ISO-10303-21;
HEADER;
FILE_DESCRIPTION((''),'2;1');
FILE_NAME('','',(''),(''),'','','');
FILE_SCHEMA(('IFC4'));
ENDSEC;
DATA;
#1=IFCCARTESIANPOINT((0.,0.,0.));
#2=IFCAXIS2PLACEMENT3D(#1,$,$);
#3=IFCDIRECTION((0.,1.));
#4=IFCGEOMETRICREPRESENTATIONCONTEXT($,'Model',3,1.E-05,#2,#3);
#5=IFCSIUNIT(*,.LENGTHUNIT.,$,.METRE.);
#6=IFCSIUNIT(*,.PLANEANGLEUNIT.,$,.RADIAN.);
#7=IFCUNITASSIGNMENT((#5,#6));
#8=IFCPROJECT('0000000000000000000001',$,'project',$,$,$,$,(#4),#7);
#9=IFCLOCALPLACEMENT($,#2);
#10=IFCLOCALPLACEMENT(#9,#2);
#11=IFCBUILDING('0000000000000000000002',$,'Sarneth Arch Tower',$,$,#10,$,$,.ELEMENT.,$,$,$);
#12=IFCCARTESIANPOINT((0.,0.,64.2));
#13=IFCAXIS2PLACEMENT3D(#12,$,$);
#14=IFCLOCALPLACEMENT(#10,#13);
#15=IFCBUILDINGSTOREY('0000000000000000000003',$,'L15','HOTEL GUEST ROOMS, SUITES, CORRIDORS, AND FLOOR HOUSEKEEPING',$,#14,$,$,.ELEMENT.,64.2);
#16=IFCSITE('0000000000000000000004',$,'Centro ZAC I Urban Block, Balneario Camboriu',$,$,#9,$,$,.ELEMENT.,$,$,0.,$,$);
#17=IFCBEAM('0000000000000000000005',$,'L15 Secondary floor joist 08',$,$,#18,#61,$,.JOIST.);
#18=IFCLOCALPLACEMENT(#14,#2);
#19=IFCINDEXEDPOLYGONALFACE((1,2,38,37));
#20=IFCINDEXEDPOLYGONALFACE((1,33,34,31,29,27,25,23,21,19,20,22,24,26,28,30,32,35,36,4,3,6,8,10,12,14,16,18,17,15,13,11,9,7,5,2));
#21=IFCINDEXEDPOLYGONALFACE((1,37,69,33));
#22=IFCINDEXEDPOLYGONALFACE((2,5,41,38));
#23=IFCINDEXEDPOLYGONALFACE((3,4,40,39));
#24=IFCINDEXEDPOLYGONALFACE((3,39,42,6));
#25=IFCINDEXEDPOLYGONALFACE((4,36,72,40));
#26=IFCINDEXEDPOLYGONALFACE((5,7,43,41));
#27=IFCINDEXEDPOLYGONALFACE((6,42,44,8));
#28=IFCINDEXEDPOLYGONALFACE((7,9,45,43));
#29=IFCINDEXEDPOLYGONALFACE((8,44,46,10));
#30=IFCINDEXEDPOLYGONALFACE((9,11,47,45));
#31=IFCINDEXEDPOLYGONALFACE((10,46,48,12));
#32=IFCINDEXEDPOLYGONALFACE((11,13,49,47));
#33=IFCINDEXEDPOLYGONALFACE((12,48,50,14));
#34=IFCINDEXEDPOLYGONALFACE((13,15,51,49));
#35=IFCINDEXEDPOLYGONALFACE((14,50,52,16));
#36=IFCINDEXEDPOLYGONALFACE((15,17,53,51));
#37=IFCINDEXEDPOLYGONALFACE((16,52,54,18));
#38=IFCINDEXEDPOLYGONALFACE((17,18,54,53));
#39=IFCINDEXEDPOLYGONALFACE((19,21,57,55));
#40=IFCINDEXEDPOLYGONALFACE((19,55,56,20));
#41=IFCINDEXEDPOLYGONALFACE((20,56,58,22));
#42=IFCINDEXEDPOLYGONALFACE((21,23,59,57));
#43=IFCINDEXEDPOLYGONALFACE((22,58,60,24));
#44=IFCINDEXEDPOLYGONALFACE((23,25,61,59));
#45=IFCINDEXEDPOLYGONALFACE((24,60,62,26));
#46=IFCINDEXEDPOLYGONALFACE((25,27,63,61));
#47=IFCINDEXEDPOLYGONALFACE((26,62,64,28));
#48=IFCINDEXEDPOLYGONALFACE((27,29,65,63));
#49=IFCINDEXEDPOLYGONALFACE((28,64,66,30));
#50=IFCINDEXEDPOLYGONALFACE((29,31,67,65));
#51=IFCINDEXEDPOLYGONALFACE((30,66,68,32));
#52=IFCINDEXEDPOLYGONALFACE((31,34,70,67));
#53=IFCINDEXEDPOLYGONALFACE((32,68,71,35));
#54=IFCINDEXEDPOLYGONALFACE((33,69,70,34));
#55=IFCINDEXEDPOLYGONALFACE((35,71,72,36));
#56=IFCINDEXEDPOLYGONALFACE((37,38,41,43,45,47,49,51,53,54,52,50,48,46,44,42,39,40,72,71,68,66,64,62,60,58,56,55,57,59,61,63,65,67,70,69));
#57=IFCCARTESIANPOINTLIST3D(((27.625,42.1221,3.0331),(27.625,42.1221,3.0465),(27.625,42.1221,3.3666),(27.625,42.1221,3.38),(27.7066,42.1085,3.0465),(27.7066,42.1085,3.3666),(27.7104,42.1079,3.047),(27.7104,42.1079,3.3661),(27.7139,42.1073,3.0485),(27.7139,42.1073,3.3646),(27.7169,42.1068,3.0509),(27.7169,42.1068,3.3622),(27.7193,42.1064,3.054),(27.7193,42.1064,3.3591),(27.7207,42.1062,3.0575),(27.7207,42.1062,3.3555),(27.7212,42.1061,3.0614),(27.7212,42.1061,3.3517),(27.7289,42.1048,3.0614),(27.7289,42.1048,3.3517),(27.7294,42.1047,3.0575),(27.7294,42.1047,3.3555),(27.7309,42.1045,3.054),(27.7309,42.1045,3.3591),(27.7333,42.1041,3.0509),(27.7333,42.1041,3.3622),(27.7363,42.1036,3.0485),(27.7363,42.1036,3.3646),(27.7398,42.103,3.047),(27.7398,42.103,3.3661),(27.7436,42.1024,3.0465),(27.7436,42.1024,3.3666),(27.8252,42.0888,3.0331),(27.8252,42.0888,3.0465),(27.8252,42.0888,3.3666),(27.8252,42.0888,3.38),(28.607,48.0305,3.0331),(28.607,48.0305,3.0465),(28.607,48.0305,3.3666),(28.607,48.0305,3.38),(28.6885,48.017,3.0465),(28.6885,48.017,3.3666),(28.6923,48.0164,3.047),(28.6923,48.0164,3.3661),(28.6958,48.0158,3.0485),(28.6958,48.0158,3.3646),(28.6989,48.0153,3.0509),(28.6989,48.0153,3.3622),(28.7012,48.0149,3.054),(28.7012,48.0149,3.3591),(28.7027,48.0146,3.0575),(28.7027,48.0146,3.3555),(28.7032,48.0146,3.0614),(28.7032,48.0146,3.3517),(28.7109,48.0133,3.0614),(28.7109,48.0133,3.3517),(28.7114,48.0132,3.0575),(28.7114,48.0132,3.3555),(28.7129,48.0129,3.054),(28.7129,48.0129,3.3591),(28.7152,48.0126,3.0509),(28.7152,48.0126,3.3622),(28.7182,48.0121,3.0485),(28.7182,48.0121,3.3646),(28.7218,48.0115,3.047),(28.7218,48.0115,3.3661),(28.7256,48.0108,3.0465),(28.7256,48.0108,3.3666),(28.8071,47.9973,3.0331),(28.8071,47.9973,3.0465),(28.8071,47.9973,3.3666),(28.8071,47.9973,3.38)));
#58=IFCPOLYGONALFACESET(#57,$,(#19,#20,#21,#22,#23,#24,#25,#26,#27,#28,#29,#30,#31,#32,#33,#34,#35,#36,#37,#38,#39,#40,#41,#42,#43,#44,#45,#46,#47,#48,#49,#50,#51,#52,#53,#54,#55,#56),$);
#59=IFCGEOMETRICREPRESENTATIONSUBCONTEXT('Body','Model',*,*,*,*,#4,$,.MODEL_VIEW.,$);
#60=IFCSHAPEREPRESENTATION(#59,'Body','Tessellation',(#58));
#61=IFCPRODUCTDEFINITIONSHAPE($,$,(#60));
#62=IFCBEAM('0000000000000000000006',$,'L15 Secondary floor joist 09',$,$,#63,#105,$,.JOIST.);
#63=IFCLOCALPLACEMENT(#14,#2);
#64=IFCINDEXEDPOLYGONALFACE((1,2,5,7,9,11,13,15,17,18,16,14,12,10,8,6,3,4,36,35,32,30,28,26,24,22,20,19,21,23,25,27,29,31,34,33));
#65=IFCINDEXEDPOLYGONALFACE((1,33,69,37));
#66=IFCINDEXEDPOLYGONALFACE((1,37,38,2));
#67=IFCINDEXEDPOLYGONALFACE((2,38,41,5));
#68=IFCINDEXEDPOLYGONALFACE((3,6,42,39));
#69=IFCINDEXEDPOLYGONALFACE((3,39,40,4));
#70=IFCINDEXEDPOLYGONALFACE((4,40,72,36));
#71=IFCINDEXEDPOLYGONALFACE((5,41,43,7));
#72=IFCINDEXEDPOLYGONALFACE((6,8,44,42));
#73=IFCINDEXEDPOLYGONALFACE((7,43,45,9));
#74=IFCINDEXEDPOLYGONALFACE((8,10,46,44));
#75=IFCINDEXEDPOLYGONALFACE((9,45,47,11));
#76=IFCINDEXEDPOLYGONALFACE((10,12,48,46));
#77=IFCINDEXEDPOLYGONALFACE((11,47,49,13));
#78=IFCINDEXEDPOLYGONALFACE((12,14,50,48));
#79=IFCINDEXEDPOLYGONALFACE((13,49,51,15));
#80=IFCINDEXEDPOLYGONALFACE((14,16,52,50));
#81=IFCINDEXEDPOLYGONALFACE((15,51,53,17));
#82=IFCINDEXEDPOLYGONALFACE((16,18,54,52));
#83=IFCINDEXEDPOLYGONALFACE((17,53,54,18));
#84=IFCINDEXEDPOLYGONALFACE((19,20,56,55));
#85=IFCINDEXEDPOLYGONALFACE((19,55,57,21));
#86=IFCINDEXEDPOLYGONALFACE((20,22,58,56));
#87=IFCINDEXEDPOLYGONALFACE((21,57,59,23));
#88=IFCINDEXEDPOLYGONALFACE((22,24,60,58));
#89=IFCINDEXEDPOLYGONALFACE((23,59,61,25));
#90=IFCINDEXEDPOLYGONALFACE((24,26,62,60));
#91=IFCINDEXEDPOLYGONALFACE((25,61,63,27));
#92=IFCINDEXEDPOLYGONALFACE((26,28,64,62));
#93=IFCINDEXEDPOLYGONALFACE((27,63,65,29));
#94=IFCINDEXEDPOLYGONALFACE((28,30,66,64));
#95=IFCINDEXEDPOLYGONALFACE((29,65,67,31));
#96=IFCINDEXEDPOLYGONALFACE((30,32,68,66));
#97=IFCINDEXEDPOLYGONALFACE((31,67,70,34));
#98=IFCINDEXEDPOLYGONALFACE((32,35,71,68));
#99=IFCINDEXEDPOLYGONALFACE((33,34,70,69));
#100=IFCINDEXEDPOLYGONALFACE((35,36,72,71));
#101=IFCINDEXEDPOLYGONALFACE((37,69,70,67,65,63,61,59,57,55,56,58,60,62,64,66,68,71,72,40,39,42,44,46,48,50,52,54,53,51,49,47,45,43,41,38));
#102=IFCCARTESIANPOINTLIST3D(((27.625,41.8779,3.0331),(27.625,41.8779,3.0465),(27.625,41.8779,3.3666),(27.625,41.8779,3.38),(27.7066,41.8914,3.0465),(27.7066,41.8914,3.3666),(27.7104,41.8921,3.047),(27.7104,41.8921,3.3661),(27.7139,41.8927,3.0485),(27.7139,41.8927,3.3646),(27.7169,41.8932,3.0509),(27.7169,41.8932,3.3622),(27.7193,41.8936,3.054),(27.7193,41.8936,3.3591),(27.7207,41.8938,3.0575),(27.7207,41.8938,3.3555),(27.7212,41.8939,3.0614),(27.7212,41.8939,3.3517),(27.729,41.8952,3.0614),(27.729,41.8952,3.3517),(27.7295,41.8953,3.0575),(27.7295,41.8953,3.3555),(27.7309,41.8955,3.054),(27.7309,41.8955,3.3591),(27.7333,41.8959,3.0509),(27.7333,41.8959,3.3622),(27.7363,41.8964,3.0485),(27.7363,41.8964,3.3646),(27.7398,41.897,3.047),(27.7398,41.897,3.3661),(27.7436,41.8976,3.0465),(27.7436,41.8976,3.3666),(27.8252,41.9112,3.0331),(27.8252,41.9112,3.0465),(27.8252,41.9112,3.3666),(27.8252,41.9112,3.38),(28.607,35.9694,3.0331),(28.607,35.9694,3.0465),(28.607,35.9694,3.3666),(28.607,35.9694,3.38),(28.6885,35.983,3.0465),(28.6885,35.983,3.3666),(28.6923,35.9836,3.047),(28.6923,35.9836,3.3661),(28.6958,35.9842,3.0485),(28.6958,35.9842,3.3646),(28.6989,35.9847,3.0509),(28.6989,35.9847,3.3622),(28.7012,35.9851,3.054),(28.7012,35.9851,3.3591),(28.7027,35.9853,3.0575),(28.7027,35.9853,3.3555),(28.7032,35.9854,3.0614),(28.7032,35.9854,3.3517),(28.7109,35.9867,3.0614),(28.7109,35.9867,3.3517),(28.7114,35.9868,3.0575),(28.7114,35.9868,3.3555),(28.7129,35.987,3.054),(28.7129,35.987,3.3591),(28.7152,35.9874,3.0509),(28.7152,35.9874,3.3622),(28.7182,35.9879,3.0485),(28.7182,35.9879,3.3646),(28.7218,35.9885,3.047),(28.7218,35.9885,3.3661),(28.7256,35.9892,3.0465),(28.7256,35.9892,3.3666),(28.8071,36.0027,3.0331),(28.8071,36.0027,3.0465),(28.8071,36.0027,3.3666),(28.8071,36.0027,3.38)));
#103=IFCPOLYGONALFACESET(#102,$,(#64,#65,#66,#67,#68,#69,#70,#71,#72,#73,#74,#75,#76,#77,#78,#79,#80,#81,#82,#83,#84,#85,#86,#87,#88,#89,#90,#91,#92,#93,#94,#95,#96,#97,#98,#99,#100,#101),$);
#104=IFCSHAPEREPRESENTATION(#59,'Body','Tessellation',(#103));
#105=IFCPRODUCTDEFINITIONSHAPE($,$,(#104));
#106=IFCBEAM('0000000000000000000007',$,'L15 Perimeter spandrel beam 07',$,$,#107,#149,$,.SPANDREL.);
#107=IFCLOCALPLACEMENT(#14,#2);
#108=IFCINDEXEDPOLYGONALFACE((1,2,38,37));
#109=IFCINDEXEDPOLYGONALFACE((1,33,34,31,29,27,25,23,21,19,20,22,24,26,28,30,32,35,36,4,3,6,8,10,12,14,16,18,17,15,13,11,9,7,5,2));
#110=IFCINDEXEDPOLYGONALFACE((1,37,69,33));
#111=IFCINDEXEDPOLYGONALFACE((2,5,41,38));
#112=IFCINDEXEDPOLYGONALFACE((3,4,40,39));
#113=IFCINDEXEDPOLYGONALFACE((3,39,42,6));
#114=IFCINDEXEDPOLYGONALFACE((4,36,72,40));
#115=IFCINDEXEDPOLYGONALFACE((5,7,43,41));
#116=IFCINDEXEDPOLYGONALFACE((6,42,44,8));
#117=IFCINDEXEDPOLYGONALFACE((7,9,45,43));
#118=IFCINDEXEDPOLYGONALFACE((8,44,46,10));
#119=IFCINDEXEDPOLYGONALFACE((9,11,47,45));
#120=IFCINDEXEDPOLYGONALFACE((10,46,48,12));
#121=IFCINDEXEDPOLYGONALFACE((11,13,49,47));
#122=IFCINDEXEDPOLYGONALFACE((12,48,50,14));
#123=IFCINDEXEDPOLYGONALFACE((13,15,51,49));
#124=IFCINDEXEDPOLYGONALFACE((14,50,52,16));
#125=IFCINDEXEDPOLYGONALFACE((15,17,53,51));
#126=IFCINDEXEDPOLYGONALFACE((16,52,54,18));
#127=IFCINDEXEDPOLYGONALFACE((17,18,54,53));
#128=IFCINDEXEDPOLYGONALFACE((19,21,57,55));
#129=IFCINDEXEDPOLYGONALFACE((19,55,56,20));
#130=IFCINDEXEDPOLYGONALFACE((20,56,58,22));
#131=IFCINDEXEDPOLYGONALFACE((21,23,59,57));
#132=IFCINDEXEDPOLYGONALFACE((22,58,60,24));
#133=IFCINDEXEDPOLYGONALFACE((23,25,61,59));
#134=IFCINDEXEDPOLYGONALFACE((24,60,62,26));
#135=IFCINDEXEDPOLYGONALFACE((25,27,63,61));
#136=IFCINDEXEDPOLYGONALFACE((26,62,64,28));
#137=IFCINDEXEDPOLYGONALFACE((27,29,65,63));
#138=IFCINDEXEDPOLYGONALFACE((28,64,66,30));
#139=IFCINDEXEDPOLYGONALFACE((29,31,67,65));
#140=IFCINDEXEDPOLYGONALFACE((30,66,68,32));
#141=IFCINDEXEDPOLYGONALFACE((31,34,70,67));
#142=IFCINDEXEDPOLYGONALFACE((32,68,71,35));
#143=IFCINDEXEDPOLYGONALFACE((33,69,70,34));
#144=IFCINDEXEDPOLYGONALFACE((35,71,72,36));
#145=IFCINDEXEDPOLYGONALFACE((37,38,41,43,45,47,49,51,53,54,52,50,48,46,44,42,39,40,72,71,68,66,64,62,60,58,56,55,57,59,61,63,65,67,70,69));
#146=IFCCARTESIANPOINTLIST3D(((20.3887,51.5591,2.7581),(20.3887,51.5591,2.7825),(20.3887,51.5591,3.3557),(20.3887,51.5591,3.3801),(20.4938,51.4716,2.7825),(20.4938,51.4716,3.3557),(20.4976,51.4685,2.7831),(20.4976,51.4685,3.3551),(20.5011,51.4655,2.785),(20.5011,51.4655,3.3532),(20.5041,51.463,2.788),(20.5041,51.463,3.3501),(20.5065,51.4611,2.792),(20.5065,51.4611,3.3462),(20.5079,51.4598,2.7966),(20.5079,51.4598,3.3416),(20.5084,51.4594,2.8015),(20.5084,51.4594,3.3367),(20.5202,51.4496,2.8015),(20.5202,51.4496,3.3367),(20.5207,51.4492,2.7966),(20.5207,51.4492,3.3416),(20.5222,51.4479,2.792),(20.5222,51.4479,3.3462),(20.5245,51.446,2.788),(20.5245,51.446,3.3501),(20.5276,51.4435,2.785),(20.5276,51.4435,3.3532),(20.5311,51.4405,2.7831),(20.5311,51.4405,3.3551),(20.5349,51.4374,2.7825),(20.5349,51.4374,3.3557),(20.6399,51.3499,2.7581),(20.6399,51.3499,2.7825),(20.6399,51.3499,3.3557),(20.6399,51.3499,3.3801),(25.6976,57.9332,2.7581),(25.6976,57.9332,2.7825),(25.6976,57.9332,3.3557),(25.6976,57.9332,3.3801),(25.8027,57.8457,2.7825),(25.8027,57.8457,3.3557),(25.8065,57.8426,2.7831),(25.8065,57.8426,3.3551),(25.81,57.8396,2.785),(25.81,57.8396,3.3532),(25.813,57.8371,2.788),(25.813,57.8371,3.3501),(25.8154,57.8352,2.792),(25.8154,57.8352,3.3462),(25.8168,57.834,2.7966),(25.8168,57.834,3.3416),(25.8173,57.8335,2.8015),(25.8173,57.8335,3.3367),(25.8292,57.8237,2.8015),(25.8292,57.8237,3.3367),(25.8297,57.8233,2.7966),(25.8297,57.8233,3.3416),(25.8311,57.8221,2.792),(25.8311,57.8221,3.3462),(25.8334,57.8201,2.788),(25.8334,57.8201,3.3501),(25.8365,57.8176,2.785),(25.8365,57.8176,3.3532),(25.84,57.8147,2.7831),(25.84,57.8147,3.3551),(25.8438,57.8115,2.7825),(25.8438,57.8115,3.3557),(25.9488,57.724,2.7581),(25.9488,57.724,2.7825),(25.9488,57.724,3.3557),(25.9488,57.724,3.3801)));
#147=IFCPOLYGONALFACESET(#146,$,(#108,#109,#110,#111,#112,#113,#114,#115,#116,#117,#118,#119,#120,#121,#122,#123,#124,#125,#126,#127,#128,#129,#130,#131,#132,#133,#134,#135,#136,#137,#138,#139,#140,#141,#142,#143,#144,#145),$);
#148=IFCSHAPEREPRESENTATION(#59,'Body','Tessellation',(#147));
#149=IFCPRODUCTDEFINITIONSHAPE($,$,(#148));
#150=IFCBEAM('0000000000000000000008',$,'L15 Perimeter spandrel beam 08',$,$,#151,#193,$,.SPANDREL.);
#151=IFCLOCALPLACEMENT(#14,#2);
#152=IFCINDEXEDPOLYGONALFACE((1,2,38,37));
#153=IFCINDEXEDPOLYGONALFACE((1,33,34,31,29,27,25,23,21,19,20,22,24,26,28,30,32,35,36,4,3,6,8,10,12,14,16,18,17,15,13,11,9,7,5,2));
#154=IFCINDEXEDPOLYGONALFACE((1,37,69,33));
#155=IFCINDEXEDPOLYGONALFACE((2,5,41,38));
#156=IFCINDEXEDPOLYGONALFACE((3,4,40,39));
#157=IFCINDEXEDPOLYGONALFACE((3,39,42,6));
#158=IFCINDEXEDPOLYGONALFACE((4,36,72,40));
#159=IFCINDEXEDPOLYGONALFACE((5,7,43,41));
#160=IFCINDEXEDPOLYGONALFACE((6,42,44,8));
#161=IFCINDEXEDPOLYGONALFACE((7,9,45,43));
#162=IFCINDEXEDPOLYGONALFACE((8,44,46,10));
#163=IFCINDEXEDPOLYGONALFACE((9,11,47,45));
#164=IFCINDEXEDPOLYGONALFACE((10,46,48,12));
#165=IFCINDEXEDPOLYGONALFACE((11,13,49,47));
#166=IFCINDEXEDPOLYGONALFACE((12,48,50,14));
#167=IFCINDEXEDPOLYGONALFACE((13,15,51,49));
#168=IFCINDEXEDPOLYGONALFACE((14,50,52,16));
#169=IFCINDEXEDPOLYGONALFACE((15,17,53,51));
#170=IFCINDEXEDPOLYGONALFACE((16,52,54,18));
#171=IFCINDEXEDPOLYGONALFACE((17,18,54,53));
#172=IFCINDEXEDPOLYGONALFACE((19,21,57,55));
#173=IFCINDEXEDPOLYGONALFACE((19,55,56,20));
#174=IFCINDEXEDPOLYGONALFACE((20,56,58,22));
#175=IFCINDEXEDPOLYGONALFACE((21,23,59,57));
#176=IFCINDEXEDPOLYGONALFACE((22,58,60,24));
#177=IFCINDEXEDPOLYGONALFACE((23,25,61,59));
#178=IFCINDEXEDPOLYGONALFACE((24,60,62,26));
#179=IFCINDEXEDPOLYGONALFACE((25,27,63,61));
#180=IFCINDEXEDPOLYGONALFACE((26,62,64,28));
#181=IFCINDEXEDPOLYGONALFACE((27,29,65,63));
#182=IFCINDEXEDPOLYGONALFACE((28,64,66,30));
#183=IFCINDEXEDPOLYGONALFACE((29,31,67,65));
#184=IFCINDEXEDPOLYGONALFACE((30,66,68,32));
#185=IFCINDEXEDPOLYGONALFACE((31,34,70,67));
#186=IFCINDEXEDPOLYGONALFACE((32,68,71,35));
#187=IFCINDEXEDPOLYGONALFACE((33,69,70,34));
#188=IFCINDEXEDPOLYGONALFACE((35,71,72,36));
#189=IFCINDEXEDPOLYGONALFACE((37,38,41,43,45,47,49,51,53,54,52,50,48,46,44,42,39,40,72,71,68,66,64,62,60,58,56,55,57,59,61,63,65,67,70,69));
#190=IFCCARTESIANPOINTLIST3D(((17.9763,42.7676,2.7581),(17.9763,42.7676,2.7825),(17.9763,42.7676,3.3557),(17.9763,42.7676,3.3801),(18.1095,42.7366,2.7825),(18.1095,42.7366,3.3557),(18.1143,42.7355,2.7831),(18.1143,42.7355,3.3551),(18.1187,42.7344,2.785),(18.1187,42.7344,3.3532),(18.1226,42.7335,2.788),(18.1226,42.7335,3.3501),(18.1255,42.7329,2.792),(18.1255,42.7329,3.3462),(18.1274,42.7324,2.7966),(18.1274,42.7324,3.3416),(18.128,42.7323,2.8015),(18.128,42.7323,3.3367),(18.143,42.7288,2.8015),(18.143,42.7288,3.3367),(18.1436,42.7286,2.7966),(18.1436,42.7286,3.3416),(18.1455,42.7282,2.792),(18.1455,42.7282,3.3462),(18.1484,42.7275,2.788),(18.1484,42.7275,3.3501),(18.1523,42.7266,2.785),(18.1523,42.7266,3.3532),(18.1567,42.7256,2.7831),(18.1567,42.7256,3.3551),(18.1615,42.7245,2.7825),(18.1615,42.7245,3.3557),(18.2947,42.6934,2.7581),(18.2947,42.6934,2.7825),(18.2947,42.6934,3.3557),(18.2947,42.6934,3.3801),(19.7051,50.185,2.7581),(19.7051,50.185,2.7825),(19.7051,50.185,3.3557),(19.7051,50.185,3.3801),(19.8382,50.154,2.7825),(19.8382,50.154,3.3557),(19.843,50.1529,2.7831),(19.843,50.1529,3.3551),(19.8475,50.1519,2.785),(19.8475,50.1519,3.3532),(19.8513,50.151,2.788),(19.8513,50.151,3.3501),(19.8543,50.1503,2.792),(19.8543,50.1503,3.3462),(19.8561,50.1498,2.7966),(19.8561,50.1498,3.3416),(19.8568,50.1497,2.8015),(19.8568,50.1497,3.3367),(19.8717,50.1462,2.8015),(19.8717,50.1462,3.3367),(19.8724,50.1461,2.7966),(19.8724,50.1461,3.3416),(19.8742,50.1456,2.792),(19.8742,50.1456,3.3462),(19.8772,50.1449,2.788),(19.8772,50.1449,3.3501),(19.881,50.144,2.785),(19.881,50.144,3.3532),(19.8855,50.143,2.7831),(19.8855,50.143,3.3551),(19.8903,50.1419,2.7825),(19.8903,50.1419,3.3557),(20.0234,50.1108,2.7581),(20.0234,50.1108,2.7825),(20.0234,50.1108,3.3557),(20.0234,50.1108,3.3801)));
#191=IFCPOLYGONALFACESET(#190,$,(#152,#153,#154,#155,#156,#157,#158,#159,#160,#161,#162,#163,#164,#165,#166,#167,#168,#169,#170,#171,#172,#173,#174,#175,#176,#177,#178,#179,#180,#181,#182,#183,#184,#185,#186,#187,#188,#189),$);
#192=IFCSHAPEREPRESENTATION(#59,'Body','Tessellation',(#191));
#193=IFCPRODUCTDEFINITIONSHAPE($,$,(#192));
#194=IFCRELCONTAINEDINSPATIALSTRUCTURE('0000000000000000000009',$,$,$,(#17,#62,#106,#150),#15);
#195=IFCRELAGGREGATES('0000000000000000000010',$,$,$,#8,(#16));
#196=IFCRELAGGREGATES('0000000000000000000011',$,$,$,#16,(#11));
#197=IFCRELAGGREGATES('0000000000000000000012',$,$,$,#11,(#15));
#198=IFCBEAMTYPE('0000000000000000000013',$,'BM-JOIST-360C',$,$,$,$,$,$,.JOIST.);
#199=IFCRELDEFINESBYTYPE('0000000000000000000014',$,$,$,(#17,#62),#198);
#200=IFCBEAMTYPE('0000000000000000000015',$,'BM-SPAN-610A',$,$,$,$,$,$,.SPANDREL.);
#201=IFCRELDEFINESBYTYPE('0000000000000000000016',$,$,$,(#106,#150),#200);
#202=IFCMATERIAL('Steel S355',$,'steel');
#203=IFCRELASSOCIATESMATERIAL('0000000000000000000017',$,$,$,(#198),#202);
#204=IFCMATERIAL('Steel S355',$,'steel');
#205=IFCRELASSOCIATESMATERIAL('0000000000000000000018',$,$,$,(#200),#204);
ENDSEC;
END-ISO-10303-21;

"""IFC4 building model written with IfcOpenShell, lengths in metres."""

from ifc_helpers import new_model, si_unit, direction, frame, origin, origin_2d, place, context, subcontext, project, spatial, i_section, extrude, material, material_profile, profile_set, type_object, element, save


model = new_model("IFC4")

# Units and contexts
model_context = context("Model", 3, precision=1e-05, world=origin(), true_north=direction((0.0, 1.0)))
body_context = subcontext(model_context, "Body", "Model", "MODEL_VIEW")
ifc_project = project(units=[si_unit("LENGTHUNIT", "METRE"), si_unit("PLANEANGLEUNIT", "RADIAN")], contexts=[model_context])

# Site, building, storey
site_placement = place(None, origin())
site = spatial("IfcSite", under=ifc_project, at=site_placement, Name="Centro ZAC I Urban Block, Balneario Camboriu", CompositionType="ELEMENT", RefElevation=0.0)
building_placement = place(site_placement, origin())
building = spatial("IfcBuilding", under=site, at=building_placement, Name="Sarneth Arch Tower", CompositionType="ELEMENT")
storey_placement = place(building_placement, frame((0.0, 0.0, 64.2)))
storey = spatial("IfcBuildingStorey", under=building, at=storey_placement, Name="L15", Description="HOTEL GUEST ROOMS, SUITES, CORRIDORS, AND FLOOR HOUSEKEEPING", CompositionType="ELEMENT", Elevation=64.2)

# Beams
ifc_material_1 = material(Name="Steel S355", Category="steel")
ifc_material_profile_1 = material_profile(ifc_material_1, i_section(OverallWidth=0.2029, OverallDepth=0.3469, WebThickness=0.0078, FlangeThickness=0.0134, FilletRadius=0.0149, at=origin_2d()), Name="W360x64")
ifc_profile_set_1 = profile_set([ifc_material_profile_1], Name="Steel S355")
beam_type_1 = type_object("IfcBeamType", Name="BM-JOIST-360C", PredefinedType="JOIST", material=ifc_profile_set_1)
for number, where, z_axis, x_axis, name in (
    (1, (28.707, 48.0139, 3.2065), (-0.163943, -0.98647, 0.0), (0.98647, -0.163943, 0.0), "L15 Secondary floor joist 08"),
    (2, (27.7251, 41.8945, 3.2065), (0.163943, -0.98647, 0.0), (0.98647, 0.163943, 0.0), "L15 Secondary floor joist 09"),
):
    element("IfcBeam", number, at=place(storey_placement, frame(where, z_axis=z_axis, x_axis=x_axis)), inside=storey, type_object=beam_type_1, Name=name, PredefinedType="JOIST", context=body_context, shape_type="SweptSolid", body=[
        extrude(i_section(OverallWidth=0.2029, OverallDepth=0.3469, WebThickness=0.0078, FlangeThickness=0.0134, FilletRadius=0.0149, at=origin_2d()), origin(), (0.0, 0.0, 1.0), 5.9895),
    ])
ifc_material_2 = material(Name="Steel S355", Category="steel")
ifc_material_profile_2 = material_profile(ifc_material_2, i_section(OverallWidth=0.3269, OverallDepth=0.6221, WebThickness=0.0154, FlangeThickness=0.0244, FilletRadius=0.019, at=origin_2d()), Name="W610x195")
ifc_profile_set_2 = profile_set([ifc_material_profile_2], Name="Steel S355")
beam_type_2 = type_object("IfcBeamType", Name="BM-SPAN-610A", PredefinedType="SPANDREL", material=ifc_profile_set_2)
beam_1_placement = place(storey_placement, frame((25.8232, 57.8286, 3.0691), z_axis=(-0.639982, -0.76839, 0.0), x_axis=(0.76839, -0.639982, 0.0)))
element("IfcBeam", 3, at=beam_1_placement, inside=storey, type_object=beam_type_2, Name="L15 Perimeter spandrel beam 07", PredefinedType="SPANDREL", context=body_context, shape_type="SweptSolid", body=[
    extrude(i_section(OverallWidth=0.3269, OverallDepth=0.6221, WebThickness=0.0154, FlangeThickness=0.0244, FilletRadius=0.019, at=origin_2d()), origin(), (0.0, 0.0, 1.0), 8.2954),
])
beam_2_placement = place(storey_placement, frame((19.8643, 50.1479, 3.0691), z_axis=(-0.226982, -0.973899, 0.0), x_axis=(0.973899, -0.226982, 0.0)))
element("IfcBeam", 4, at=beam_2_placement, inside=storey, type_object=beam_type_2, Name="L15 Perimeter spandrel beam 08", PredefinedType="SPANDREL", context=body_context, shape_type="SweptSolid", body=[
    extrude(i_section(OverallWidth=0.3269, OverallDepth=0.6221, WebThickness=0.0154, FlangeThickness=0.0244, FilletRadius=0.019, at=origin_2d()), origin(), (0.0, 0.0, 1.0), 7.6162),
])

save(model, "model.ifc")
